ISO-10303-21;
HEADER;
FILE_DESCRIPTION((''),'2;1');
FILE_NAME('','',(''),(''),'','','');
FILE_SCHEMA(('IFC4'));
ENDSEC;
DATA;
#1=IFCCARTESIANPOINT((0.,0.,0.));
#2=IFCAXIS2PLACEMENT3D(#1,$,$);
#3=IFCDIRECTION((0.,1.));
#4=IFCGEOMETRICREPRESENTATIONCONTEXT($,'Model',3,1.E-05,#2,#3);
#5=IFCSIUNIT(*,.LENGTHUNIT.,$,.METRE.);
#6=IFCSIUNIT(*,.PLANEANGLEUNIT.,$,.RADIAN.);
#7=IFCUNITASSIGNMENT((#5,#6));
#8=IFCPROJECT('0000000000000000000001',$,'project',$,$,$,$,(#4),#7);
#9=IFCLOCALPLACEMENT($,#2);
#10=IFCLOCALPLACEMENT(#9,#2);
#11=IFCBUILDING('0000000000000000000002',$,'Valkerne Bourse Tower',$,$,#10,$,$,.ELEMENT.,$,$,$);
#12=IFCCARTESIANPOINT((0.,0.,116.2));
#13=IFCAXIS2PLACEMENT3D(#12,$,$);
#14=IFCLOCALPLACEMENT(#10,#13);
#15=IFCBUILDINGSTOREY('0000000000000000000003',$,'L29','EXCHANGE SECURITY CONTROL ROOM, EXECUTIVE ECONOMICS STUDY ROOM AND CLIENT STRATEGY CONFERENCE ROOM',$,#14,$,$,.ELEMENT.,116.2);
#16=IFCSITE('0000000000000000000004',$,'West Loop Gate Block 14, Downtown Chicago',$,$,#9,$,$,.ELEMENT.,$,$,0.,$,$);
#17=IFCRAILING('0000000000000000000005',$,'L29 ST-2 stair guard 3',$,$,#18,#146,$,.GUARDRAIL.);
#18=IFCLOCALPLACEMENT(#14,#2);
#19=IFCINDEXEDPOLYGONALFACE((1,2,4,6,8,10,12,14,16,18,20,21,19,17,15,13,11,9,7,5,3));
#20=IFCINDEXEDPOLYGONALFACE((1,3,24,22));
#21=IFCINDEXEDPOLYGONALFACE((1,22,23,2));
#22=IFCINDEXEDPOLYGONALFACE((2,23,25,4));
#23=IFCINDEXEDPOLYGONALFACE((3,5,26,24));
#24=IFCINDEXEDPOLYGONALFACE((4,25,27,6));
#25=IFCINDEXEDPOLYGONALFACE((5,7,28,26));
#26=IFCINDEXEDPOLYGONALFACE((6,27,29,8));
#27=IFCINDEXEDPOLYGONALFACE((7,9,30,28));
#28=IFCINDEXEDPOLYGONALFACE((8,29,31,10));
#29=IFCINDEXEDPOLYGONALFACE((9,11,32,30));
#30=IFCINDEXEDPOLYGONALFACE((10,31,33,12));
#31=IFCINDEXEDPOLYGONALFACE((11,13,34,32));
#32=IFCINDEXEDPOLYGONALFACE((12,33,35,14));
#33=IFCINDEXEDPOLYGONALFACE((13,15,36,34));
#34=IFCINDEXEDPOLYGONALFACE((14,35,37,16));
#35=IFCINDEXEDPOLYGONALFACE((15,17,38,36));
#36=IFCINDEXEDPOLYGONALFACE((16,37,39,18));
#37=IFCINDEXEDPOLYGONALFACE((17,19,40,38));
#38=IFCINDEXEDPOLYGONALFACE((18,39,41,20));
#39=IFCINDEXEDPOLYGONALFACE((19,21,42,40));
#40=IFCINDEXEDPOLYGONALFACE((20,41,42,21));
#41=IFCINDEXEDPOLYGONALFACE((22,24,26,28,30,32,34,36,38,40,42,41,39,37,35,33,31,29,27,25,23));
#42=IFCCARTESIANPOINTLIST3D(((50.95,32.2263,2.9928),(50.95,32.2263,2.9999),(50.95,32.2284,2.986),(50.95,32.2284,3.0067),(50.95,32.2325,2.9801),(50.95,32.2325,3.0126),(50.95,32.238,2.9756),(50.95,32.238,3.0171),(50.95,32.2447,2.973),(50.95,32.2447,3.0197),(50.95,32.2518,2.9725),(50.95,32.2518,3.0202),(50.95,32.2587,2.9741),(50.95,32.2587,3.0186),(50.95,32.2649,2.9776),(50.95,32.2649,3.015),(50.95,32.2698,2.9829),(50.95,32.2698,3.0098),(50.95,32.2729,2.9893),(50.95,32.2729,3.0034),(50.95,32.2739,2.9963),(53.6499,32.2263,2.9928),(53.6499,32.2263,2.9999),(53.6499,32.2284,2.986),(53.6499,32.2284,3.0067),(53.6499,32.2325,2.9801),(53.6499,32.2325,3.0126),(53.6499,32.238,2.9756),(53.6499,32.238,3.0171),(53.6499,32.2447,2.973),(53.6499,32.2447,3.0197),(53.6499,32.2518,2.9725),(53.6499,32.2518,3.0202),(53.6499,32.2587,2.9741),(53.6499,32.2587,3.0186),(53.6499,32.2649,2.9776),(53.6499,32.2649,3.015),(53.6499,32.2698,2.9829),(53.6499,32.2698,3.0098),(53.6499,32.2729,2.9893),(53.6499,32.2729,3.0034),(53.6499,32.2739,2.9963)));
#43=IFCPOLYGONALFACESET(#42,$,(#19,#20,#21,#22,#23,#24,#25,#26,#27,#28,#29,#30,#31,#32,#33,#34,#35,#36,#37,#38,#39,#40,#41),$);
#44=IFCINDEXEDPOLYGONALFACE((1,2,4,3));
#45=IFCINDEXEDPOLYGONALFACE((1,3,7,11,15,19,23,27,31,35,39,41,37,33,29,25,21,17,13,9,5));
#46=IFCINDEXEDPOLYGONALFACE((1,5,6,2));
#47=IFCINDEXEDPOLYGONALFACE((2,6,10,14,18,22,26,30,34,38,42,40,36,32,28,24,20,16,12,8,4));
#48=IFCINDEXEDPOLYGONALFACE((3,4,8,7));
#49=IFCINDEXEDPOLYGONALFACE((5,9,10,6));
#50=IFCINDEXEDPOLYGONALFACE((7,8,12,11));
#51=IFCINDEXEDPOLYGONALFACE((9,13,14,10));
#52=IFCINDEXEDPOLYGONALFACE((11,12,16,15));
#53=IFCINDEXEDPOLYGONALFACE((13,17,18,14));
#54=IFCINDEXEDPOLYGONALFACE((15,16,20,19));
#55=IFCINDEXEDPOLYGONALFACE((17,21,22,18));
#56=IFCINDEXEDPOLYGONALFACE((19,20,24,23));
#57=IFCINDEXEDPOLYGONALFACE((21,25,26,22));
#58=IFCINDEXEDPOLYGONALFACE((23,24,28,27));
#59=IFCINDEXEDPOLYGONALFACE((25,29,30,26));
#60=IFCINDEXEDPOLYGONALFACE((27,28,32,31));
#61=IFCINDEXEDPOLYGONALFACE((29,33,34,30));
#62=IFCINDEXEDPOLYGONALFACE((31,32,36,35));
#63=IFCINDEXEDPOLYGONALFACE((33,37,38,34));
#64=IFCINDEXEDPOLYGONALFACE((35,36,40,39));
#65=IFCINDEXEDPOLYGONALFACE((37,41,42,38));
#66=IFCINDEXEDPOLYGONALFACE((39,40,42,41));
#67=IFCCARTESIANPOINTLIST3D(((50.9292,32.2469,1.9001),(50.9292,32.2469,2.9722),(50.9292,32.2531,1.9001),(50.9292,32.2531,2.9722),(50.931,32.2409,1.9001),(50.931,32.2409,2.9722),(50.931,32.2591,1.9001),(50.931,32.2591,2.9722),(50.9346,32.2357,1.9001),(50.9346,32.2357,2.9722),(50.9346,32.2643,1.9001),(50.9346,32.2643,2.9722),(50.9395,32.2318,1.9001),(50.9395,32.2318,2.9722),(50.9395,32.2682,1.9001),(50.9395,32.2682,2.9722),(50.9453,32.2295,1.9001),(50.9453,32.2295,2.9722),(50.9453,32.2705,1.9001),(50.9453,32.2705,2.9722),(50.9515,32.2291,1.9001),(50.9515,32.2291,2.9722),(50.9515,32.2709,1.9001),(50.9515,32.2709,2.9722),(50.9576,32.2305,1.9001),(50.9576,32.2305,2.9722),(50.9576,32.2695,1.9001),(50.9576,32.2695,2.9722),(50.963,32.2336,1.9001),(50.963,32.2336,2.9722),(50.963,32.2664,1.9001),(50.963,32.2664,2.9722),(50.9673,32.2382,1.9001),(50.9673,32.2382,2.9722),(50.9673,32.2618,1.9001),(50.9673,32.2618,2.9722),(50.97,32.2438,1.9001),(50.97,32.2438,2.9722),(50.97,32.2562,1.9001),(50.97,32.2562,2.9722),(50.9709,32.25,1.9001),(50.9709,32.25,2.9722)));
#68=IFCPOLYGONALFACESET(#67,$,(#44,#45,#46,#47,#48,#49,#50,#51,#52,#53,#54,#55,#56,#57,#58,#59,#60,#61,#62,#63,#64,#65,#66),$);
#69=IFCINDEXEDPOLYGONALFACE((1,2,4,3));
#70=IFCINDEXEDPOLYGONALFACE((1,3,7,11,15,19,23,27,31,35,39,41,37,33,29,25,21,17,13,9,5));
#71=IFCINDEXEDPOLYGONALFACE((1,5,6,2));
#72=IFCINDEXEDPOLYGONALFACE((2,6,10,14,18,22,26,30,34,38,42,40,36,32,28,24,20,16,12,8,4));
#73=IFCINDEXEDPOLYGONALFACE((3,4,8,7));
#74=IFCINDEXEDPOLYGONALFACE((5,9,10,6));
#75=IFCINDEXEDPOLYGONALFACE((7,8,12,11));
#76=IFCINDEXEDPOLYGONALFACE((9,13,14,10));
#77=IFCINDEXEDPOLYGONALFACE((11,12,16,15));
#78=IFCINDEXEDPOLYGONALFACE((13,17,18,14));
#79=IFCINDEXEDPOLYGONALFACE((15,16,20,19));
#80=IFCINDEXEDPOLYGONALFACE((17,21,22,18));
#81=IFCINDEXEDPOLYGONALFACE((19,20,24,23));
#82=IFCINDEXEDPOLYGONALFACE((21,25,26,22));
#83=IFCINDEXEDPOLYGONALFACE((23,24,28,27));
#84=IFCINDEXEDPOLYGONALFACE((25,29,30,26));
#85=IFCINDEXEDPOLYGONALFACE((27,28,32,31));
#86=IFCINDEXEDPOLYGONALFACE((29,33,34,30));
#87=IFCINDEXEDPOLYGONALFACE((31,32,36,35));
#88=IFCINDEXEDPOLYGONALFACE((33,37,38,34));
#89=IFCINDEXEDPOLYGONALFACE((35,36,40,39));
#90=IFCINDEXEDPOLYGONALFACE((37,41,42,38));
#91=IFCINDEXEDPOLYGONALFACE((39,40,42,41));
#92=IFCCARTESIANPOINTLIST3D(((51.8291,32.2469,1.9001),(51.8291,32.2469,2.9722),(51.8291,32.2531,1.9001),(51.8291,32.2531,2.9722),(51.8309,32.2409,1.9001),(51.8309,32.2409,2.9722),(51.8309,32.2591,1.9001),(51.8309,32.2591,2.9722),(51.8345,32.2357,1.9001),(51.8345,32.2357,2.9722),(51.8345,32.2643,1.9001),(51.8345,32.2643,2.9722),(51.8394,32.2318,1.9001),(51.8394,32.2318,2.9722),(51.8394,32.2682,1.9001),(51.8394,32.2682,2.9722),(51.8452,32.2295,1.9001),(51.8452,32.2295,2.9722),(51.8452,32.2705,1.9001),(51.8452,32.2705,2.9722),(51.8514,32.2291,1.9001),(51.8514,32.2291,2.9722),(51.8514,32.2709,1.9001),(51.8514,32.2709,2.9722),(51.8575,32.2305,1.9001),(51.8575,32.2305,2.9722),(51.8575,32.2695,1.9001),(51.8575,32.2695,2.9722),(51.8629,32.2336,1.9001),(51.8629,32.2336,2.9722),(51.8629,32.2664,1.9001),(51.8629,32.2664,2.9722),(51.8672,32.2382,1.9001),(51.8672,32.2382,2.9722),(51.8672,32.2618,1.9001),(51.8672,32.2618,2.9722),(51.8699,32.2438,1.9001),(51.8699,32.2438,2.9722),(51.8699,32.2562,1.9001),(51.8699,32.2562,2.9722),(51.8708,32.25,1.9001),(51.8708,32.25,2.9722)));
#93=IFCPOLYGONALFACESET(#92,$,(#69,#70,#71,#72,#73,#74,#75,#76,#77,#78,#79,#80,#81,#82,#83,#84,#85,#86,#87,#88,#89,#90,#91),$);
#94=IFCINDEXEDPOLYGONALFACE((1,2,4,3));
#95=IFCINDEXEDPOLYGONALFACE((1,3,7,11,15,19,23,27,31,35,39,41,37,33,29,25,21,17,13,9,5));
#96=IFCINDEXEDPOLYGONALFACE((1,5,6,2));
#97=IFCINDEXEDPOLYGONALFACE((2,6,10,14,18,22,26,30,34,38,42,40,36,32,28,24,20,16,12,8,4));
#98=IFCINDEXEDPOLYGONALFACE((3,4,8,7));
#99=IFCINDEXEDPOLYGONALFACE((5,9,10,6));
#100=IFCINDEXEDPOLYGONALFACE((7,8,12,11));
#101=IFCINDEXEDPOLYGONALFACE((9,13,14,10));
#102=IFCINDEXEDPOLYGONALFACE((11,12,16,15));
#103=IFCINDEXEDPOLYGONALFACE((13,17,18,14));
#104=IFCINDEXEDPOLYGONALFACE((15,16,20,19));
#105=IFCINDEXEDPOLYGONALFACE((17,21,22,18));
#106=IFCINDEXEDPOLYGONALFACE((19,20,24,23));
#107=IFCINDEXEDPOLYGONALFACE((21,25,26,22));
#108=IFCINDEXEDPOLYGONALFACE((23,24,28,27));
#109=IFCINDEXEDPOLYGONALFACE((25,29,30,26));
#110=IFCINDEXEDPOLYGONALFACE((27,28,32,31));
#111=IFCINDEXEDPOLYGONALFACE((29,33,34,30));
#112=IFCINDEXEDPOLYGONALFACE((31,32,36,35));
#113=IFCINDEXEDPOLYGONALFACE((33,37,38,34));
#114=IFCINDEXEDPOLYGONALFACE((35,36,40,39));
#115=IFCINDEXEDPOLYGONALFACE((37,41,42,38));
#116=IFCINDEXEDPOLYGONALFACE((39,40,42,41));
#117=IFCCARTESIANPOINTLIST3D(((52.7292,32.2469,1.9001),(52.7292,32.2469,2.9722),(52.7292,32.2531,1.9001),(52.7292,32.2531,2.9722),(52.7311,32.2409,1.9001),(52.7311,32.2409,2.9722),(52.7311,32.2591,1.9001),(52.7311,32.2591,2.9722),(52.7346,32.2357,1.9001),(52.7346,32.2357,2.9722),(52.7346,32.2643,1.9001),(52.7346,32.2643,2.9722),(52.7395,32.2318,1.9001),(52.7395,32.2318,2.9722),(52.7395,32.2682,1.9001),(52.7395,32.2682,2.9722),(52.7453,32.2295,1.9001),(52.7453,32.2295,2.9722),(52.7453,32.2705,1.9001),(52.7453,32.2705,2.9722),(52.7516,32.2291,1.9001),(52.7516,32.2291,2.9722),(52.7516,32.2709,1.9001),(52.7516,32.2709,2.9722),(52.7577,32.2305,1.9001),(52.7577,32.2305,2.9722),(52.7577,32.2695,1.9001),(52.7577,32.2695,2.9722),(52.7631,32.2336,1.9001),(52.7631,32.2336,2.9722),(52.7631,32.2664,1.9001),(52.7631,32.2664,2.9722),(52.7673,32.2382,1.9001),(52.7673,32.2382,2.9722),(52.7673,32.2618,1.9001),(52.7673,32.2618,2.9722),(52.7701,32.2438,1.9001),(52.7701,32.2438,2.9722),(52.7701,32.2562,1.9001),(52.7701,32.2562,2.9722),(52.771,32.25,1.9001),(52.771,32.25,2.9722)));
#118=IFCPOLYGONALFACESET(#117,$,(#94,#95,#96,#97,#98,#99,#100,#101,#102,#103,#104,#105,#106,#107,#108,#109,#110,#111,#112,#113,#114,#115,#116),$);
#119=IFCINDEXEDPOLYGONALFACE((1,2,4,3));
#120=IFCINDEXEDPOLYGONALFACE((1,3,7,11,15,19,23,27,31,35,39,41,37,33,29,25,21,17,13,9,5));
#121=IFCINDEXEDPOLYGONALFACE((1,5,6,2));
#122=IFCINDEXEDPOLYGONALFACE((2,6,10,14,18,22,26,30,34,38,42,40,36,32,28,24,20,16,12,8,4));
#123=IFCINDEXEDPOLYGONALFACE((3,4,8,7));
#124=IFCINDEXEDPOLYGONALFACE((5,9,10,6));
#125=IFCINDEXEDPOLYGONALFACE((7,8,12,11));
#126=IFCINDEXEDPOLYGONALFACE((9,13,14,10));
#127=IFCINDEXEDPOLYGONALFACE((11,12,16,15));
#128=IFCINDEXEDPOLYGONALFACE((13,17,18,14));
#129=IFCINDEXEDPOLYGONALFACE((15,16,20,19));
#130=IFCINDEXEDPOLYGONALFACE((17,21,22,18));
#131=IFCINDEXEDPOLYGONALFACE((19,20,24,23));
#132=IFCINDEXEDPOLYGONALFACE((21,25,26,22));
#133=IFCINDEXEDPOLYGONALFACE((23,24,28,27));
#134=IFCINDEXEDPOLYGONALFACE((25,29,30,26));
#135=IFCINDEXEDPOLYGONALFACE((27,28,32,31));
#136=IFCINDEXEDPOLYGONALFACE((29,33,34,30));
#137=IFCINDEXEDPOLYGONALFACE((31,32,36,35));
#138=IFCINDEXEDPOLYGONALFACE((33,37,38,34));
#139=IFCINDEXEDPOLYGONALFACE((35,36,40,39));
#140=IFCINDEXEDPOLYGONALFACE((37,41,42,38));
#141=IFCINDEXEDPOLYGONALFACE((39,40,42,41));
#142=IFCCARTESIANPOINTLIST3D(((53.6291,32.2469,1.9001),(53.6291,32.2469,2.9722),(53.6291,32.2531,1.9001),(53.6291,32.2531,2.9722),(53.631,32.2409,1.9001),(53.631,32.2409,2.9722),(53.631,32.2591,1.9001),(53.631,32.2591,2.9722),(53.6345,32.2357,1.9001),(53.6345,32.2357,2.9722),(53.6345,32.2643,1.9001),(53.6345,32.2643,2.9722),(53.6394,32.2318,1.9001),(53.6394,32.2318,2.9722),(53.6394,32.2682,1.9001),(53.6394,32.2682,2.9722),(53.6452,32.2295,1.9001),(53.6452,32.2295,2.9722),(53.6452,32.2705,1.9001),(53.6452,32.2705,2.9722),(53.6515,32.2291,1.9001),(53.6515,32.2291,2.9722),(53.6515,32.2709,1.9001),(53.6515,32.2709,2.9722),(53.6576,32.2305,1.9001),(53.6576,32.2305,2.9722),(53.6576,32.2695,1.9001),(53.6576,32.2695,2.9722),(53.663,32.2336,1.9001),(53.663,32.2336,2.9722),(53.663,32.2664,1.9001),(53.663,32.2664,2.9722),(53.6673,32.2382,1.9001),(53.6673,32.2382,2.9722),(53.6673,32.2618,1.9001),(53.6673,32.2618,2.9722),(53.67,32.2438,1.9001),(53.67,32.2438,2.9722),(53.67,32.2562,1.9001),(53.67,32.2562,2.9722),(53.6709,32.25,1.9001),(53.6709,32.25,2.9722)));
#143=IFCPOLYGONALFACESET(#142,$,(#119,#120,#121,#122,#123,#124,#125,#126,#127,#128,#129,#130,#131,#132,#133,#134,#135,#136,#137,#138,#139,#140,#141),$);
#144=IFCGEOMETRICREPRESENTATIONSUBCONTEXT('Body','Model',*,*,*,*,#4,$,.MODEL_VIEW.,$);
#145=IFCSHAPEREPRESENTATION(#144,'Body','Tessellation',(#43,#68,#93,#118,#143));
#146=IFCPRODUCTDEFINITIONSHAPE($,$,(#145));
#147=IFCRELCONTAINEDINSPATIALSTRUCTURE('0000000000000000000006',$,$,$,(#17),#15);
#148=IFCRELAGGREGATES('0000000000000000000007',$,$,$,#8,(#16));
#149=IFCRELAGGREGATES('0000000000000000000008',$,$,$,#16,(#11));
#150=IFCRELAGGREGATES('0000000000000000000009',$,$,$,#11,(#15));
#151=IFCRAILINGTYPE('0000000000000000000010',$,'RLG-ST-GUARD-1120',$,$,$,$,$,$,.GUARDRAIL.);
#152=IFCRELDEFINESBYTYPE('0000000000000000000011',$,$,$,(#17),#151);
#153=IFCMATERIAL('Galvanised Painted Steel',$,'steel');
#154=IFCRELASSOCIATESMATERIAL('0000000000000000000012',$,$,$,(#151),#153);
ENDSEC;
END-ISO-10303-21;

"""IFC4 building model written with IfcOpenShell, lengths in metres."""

from ifc_helpers import new_model, si_unit, direction, frame, origin, origin_2d, place, context, subcontext, project, spatial, circle, extrude, material, type_object, element, save


model = new_model("IFC4")

# Units and contexts
model_context = context("Model", 3, precision=1e-05, world=origin(), true_north=direction((0.0, 1.0)))
body_context = subcontext(model_context, "Body", "Model", "MODEL_VIEW")
ifc_project = project(units=[si_unit("LENGTHUNIT", "METRE"), si_unit("PLANEANGLEUNIT", "RADIAN")], contexts=[model_context])

# Site, building, storey
site_placement = place(None, origin())
site = spatial("IfcSite", under=ifc_project, at=site_placement, Name="West Loop Gate Block 14, Downtown Chicago", CompositionType="ELEMENT", RefElevation=0.0)
building_placement = place(site_placement, origin())
building = spatial("IfcBuilding", under=site, at=building_placement, Name="Valkerne Bourse Tower", CompositionType="ELEMENT")
storey_placement = place(building_placement, frame((0.0, 0.0, 116.2)))
storey = spatial("IfcBuildingStorey", under=building, at=storey_placement, Name="L29", Description="EXCHANGE SECURITY CONTROL ROOM, EXECUTIVE ECONOMICS STUDY ROOM AND CLIENT STRATEGY CONFERENCE ROOM", CompositionType="ELEMENT", Elevation=116.2)

# Railing
ifc_material_1 = material(Name="Galvanised Painted Steel", Category="steel")
railing_type_1 = type_object("IfcRailingType", Name="RLG-ST-GUARD-1120", PredefinedType="GUARDRAIL", material=ifc_material_1)
for number, where, name in (
    (1, (50.95, 32.25, 1.9001), "L29 ST-2 stair guard 3"),
):
    element("IfcRailing", number, at=place(storey_placement, frame(where)), inside=storey, type_object=railing_type_1, Name=name, PredefinedType="GUARDRAIL", context=body_context, shape_type="SweptSolid", body=[
        extrude(circle(Radius=0.0239, at=origin_2d()), frame((0.0, 0.0, 1.0962), z_axis=(1.0, 0.0, 0.0), x_axis=(0.0, 1.0, 0.0)), (0.0, 0.0, 1.0), 2.7),
        extrude(circle(Radius=0.021, at=origin_2d()), origin(), (0.0, 0.0, 1.0), 1.072),
        extrude(circle(Radius=0.021, at=origin_2d()), frame((0.8999, 0.0, 0.0)), (0.0, 0.0, 1.0), 1.072),
        extrude(circle(Radius=0.021, at=origin_2d()), frame((1.8, 0.0, 0.0)), (0.0, 0.0, 1.0), 1.072),
        extrude(circle(Radius=0.021, at=origin_2d()), frame((2.7, 0.0, 0.0)), (0.0, 0.0, 1.0), 1.072),
    ])

save(model, "model.ifc")
